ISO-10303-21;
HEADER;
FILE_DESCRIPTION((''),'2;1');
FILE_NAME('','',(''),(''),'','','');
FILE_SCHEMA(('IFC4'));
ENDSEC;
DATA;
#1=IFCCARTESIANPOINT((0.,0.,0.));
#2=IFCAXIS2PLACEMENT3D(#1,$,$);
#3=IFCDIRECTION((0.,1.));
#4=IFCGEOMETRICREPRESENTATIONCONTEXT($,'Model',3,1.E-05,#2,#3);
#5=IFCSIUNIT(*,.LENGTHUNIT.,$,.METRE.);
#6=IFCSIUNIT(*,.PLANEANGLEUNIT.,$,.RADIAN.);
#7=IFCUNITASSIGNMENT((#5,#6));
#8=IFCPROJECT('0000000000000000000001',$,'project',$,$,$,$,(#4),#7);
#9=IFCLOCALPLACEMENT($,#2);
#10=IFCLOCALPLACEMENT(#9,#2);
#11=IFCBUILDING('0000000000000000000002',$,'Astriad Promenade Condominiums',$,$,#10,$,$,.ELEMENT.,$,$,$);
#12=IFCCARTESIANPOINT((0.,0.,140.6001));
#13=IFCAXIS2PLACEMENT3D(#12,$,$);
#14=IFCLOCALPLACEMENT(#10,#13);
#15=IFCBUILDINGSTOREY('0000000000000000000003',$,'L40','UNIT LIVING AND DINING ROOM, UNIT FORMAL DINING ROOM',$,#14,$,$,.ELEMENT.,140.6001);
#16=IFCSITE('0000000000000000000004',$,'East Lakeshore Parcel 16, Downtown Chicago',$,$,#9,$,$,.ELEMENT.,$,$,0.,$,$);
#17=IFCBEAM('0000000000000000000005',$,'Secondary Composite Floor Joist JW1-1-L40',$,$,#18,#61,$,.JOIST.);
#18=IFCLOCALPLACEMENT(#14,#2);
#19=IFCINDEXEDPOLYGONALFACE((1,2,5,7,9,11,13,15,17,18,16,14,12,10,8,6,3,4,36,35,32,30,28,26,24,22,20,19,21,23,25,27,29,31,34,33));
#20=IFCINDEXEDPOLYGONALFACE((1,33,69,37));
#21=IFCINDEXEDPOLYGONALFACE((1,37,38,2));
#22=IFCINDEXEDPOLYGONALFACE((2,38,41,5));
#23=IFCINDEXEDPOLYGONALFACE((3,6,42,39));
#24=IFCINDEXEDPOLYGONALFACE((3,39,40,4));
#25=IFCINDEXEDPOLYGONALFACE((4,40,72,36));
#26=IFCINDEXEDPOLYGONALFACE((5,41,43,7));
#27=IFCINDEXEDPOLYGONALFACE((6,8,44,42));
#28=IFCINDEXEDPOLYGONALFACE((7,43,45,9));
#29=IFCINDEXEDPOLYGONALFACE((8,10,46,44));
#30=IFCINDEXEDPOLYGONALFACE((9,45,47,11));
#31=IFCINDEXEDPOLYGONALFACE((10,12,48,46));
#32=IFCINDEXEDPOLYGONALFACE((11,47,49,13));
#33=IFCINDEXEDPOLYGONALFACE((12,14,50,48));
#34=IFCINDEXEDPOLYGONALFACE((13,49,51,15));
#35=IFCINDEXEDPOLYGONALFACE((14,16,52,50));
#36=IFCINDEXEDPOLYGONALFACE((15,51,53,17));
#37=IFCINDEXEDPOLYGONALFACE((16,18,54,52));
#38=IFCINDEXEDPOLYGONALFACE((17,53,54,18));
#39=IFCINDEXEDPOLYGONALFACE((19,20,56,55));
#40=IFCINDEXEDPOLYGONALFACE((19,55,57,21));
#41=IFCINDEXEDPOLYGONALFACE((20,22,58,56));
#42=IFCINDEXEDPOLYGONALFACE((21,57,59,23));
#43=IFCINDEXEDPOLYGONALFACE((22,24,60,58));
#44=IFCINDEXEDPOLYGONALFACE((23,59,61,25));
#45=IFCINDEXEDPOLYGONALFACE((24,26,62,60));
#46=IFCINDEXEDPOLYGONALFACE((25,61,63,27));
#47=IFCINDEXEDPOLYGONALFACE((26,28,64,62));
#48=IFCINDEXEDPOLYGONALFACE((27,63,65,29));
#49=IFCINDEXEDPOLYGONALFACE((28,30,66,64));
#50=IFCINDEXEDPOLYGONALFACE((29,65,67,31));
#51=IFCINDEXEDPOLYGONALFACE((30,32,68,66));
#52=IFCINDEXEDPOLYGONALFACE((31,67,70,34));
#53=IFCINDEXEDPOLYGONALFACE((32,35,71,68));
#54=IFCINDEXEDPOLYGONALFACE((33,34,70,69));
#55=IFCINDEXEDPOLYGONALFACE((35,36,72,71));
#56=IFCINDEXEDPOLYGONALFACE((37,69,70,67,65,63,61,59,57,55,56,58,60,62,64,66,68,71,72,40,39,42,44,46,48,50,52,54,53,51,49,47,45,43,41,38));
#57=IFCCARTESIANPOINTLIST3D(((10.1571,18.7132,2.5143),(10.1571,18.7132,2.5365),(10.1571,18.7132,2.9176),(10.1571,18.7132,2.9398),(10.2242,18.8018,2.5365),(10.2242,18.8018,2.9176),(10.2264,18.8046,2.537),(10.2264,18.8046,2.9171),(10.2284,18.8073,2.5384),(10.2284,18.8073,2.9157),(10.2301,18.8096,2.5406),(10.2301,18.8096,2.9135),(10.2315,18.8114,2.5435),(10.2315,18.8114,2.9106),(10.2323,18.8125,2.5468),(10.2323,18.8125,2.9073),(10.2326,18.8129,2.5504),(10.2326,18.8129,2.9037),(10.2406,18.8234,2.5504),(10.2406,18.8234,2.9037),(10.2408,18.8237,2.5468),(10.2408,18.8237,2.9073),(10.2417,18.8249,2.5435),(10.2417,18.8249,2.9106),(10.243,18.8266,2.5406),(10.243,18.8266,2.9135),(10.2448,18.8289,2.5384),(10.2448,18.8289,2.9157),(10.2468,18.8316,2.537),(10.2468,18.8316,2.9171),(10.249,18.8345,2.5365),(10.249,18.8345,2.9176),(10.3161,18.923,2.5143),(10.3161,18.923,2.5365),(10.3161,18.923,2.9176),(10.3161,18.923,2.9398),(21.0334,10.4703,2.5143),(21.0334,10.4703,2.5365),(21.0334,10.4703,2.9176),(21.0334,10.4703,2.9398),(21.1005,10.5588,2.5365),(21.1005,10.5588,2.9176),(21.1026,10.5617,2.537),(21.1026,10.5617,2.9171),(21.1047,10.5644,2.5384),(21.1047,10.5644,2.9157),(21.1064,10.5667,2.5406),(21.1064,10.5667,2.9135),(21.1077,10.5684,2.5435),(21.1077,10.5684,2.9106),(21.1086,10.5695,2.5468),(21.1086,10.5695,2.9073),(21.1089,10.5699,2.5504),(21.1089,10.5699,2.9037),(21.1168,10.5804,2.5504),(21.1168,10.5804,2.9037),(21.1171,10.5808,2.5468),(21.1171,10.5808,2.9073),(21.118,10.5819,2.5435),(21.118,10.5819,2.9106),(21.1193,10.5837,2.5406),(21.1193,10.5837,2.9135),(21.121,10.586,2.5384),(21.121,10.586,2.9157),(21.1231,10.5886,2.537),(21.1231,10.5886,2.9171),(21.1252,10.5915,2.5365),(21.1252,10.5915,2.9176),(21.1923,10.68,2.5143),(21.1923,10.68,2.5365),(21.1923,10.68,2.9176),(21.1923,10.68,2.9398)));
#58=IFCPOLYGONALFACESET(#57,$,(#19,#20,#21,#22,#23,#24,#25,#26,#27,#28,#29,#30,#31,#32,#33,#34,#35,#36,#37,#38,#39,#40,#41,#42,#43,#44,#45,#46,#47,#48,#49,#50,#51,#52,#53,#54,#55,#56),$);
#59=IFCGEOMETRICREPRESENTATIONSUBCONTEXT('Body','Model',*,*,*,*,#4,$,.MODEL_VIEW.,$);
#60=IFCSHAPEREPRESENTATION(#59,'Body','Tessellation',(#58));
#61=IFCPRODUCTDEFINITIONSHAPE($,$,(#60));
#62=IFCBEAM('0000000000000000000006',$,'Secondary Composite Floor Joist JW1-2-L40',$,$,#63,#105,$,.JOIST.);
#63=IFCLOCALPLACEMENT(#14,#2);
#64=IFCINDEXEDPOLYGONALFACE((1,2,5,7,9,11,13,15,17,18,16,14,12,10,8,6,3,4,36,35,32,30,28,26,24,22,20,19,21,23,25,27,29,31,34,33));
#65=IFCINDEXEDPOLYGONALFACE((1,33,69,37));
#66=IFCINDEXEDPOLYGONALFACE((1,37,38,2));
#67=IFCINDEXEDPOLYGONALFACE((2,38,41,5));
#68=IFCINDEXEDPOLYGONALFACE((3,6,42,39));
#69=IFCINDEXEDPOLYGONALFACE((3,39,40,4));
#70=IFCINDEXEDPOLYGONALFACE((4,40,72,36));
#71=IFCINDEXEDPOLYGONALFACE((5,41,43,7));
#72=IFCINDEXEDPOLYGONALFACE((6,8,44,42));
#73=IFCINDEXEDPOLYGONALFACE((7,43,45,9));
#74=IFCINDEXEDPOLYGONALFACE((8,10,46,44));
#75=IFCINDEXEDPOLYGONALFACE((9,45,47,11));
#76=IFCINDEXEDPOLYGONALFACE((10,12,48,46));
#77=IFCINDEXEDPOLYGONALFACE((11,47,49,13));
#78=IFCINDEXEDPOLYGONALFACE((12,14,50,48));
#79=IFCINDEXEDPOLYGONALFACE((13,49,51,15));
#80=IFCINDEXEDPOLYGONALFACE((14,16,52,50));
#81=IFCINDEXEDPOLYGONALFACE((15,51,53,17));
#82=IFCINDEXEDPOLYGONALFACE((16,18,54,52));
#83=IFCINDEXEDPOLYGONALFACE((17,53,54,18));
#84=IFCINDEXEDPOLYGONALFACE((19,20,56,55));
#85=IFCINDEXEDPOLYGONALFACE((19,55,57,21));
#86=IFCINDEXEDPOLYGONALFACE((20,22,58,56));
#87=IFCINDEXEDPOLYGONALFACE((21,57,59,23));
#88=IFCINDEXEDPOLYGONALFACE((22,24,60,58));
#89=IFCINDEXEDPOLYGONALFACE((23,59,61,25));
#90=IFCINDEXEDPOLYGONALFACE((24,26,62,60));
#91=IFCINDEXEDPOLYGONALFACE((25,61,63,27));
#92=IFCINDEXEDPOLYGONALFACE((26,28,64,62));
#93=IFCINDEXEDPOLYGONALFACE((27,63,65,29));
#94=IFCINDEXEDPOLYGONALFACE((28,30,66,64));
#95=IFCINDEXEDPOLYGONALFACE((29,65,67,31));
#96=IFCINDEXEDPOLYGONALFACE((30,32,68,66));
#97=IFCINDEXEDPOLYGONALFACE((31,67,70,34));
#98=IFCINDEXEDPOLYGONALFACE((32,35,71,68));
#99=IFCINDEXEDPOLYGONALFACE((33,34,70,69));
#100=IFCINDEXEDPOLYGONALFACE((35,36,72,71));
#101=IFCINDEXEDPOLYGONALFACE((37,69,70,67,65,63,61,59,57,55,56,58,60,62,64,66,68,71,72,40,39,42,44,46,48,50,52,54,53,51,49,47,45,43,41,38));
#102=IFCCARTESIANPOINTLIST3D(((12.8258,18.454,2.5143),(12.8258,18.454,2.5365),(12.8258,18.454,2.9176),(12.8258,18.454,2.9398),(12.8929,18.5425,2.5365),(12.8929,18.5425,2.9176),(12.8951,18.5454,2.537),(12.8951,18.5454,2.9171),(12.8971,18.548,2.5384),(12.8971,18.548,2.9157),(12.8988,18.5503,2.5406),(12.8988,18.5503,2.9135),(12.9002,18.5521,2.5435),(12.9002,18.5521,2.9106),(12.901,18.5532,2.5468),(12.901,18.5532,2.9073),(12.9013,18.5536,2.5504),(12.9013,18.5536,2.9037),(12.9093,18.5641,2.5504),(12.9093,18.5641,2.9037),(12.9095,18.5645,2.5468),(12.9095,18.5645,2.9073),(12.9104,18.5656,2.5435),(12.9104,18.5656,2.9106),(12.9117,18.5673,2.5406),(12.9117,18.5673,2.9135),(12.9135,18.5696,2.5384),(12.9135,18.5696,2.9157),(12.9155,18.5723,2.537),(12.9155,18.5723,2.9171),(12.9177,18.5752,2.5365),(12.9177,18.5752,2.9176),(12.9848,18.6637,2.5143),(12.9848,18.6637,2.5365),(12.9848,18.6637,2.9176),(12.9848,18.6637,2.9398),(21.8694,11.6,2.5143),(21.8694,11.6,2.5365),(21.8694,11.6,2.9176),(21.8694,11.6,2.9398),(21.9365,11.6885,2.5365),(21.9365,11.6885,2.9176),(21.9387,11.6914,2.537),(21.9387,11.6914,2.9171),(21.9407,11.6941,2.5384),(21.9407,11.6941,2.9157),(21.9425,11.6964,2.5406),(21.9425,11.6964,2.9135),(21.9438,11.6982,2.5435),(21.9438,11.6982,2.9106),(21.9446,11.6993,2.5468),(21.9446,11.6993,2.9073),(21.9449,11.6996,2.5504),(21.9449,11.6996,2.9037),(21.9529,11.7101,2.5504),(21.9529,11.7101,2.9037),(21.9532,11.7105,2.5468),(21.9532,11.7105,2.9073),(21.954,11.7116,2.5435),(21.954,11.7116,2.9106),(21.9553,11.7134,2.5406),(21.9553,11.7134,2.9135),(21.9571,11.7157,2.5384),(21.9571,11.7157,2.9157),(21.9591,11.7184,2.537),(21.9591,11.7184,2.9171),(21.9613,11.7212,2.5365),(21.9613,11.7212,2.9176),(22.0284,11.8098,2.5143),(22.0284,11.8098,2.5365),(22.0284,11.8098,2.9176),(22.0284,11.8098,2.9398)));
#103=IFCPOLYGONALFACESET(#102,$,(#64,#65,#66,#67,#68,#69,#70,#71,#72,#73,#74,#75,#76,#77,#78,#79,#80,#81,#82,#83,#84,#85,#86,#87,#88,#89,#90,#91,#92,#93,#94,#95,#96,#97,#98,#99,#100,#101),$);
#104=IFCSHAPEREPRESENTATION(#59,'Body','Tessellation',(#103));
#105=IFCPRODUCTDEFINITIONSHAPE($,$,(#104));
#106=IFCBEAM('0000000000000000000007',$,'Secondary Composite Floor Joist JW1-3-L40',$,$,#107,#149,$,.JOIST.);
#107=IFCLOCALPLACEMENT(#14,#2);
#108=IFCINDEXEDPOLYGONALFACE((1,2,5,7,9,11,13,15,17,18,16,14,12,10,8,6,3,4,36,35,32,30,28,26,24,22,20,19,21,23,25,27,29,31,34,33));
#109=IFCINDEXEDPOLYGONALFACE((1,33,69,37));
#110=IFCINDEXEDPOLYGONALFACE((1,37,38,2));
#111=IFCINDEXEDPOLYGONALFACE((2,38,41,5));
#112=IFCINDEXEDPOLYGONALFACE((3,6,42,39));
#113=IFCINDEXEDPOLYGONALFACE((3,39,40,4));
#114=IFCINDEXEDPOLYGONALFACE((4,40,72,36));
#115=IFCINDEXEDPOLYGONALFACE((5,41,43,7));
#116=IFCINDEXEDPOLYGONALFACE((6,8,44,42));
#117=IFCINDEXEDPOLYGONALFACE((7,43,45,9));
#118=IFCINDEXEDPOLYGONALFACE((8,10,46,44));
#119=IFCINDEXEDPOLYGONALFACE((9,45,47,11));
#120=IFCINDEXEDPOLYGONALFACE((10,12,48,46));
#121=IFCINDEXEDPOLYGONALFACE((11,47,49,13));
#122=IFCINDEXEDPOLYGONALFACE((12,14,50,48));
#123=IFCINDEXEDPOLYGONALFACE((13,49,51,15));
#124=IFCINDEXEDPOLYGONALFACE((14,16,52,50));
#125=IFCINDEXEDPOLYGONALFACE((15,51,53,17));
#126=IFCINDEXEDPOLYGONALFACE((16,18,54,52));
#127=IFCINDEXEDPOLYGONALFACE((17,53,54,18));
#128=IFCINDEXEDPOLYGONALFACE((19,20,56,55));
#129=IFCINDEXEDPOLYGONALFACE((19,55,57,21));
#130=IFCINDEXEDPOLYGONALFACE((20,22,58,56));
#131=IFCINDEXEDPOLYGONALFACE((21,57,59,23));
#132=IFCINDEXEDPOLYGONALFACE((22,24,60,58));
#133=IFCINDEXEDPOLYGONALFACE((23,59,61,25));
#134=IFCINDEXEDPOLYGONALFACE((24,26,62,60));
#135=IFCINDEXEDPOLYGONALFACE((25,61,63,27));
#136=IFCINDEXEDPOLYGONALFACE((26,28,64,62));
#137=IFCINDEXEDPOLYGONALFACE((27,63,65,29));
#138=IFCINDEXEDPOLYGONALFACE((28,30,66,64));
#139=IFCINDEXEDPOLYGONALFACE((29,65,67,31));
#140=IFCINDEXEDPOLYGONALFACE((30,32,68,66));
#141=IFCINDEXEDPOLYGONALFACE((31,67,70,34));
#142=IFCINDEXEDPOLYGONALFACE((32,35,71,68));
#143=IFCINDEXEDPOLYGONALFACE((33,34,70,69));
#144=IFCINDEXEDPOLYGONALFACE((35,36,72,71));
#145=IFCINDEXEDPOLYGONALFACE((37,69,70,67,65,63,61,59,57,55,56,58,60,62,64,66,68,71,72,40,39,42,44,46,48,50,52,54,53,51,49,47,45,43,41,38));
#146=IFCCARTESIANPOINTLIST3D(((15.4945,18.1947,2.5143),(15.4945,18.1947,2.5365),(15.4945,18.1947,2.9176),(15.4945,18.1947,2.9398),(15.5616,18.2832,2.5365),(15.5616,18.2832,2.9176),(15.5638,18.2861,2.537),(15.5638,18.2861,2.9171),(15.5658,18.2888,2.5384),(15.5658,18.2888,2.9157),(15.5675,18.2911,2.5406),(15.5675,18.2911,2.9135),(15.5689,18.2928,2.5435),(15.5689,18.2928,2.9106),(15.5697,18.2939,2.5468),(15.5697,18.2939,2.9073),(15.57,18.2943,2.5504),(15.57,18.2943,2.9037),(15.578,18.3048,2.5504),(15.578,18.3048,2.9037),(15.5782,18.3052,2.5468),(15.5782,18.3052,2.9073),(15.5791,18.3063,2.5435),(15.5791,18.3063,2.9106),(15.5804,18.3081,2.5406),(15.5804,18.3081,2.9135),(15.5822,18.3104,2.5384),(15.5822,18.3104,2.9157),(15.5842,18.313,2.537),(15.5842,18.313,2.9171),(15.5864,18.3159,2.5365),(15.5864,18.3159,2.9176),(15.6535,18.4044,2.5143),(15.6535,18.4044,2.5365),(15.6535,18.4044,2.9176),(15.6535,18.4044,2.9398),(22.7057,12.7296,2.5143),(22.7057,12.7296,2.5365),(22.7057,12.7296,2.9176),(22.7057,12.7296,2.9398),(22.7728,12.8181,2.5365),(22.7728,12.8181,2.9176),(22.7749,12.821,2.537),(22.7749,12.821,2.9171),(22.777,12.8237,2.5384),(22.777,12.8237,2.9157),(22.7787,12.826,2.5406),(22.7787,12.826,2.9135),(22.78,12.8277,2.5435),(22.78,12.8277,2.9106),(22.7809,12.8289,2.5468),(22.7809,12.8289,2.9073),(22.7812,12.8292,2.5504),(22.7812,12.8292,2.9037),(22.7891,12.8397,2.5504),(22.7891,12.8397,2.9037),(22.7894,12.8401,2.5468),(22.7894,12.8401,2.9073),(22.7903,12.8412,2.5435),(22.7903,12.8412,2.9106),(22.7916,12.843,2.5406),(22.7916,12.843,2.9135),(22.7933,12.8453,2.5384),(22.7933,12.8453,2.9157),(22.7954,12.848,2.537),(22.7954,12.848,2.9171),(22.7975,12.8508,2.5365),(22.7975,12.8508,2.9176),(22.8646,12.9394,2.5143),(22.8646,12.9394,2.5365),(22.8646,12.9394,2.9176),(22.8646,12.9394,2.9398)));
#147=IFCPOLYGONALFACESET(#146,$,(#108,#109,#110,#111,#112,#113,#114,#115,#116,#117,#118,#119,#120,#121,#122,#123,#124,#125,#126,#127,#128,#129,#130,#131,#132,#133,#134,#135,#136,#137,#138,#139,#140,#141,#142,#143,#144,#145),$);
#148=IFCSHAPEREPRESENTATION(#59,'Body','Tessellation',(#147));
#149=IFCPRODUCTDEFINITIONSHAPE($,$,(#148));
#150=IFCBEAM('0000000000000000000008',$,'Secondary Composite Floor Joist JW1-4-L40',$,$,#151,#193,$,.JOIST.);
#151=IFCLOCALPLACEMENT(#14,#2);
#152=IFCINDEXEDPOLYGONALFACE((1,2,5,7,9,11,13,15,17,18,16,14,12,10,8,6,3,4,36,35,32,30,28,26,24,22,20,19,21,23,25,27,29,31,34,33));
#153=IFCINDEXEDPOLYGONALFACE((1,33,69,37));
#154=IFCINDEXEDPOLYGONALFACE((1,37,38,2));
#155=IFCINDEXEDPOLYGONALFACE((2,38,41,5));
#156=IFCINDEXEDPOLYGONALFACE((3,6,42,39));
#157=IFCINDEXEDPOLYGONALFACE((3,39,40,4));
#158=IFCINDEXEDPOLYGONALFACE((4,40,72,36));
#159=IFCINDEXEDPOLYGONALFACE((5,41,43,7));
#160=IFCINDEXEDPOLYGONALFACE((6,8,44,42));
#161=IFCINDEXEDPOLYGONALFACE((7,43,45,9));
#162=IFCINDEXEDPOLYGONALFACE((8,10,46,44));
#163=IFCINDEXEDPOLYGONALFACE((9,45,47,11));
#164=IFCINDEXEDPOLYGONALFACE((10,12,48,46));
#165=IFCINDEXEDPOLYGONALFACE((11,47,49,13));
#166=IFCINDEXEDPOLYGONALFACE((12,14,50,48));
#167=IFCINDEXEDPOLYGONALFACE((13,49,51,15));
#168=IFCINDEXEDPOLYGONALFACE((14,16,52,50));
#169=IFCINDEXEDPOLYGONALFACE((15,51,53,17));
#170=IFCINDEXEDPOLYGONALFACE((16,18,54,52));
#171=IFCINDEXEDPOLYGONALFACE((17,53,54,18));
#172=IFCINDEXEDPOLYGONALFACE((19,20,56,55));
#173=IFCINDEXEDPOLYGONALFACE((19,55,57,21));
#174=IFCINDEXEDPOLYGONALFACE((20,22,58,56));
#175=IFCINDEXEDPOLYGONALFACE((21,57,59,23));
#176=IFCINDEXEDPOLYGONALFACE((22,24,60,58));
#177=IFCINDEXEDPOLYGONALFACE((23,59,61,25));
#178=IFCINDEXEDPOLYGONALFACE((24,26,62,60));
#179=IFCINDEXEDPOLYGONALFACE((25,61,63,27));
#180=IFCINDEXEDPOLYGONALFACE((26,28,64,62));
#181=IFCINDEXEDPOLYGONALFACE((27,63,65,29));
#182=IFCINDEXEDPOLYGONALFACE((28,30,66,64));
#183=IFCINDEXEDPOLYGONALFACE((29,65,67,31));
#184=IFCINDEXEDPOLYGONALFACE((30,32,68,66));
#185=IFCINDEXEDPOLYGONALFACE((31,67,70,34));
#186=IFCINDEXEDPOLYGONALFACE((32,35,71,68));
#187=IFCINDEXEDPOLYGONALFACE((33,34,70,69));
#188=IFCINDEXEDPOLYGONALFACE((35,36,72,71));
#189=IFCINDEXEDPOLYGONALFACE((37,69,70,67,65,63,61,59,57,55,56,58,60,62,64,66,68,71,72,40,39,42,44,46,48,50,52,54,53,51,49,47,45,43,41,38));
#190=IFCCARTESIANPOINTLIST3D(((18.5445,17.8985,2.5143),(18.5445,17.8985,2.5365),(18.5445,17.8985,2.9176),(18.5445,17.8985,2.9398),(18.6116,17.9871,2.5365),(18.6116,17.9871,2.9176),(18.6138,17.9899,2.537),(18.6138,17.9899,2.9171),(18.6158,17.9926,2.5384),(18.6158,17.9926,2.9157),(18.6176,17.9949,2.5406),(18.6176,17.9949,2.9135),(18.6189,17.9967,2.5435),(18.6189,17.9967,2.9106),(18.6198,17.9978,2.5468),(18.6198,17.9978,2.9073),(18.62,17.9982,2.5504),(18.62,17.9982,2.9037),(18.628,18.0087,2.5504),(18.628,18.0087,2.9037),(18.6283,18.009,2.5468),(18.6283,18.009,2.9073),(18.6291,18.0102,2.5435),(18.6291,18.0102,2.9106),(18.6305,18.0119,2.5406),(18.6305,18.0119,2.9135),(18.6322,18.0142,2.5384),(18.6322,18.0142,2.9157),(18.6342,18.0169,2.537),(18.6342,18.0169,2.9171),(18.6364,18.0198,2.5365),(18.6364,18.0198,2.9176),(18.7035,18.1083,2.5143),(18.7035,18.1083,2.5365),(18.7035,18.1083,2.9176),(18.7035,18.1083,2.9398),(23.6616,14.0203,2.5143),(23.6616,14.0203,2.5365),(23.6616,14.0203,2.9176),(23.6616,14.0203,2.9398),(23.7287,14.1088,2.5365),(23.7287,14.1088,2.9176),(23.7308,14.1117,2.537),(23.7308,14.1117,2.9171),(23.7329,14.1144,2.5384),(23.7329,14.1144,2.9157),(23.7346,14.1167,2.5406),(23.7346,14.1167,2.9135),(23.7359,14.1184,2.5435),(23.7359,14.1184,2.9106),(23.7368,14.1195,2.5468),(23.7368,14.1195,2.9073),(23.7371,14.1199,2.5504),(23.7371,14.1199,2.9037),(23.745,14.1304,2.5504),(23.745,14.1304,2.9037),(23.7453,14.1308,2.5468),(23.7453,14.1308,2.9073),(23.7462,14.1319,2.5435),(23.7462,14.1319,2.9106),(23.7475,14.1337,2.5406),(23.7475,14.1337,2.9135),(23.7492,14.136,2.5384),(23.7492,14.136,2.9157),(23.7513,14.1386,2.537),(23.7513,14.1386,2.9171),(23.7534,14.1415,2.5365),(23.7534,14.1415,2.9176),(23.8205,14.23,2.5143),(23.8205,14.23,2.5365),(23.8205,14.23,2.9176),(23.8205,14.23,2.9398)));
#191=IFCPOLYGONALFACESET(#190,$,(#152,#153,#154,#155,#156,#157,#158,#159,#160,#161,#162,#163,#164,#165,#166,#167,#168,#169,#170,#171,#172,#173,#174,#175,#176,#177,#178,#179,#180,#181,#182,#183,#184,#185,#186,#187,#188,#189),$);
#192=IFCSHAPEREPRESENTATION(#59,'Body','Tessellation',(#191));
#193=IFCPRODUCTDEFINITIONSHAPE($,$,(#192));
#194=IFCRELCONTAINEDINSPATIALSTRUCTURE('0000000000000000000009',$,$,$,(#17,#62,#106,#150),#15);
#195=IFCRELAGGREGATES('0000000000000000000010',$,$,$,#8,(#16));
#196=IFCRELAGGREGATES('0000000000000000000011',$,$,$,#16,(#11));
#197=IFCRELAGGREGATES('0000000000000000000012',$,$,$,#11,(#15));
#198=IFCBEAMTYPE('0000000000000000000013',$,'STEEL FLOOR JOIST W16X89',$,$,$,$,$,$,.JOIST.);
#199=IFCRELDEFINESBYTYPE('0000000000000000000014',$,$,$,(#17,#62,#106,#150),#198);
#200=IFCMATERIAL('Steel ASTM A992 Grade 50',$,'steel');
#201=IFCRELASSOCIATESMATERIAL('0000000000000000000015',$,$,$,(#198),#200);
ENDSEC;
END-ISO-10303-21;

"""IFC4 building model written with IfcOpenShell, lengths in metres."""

from ifc_helpers import new_model, si_unit, direction, frame, origin, origin_2d, place, context, subcontext, project, spatial, i_section, extrude, source, transform, mapped, material, material_profile, profile_set, type_object, type_shapes, element, save


model = new_model("IFC4")

# Units and contexts
model_context = context("Model", 3, precision=1e-05, world=origin(), true_north=direction((0.0, 1.0)))
body_context = subcontext(model_context, "Body", "Model", "MODEL_VIEW")
ifc_project = project(units=[si_unit("LENGTHUNIT", "METRE"), si_unit("PLANEANGLEUNIT", "RADIAN")], contexts=[model_context])

# Site, building, storey
site_placement = place(None, origin())
site = spatial("IfcSite", under=ifc_project, at=site_placement, Name="East Lakeshore Parcel 16, Downtown Chicago", CompositionType="ELEMENT", RefElevation=0.0)
building_placement = place(site_placement, origin())
building = spatial("IfcBuilding", under=site, at=building_placement, Name="Astriad Promenade Condominiums", CompositionType="ELEMENT")
storey_placement = place(building_placement, frame((0.0, 0.0, 140.6001)))
storey = spatial("IfcBuildingStorey", under=building, at=storey_placement, Name="L40", Description="UNIT LIVING AND DINING ROOM, UNIT FORMAL DINING ROOM", CompositionType="ELEMENT", Elevation=140.6001)

# Beams
ifc_material_1 = material(Name="Steel ASTM A992 Grade 50", Category="steel")
ifc_material_profile_1 = material_profile(ifc_material_1, i_section(OverallWidth=0.2632, OverallDepth=0.4255, WebThickness=0.0132, FlangeThickness=0.0222, FilletRadius=0.0139, at=origin_2d()), Name="W16X89")
ifc_profile_set_1 = profile_set([ifc_material_profile_1], Name="Steel ASTM A992 Grade 50")
beam_type_1 = type_object("IfcBeamType", Name="STEEL FLOOR JOIST W16X89", PredefinedType="JOIST", material=ifc_profile_set_1)
shared_shape_1 = source(origin(), body_context, "Body", "SweptSolid", [
    extrude(i_section(OverallWidth=0.2632, OverallDepth=0.4255, WebThickness=0.0132, FlangeThickness=0.0222, FilletRadius=0.0139, at=origin_2d()), origin(), (0.0, 0.0, 1.0), 13.647),
])
beam_1_placement = place(storey_placement, frame((10.2366, 18.8181, 2.7271), z_axis=(0.796974, -0.604014, 0.0), x_axis=(0.604014, 0.796974, 0.0)))
element("IfcBeam", 1, at=beam_1_placement, inside=storey, type_object=beam_type_1, Name="Secondary Composite Floor Joist JW1-1-L40", PredefinedType="JOIST", context=body_context, shape_type="MappedRepresentation", body=[
    mapped(shared_shape_1, transform((0.0, 0.0, 0.0), scale=1.0)),
])
shared_shape_2 = source(origin(), body_context, "Body", "SweptSolid", [
    extrude(i_section(OverallWidth=0.2632, OverallDepth=0.4255, WebThickness=0.0132, FlangeThickness=0.0222, FilletRadius=0.0139, at=origin_2d()), origin(), (0.0, 0.0, 1.0), 11.3474),
])
beam_2_placement = place(storey_placement, frame((12.9053, 18.5588, 2.7271), z_axis=(0.796977, -0.60401, 0.0), x_axis=(0.60401, 0.796977, 0.0)))
element("IfcBeam", 2, at=beam_2_placement, inside=storey, type_object=beam_type_1, Name="Secondary Composite Floor Joist JW1-2-L40", PredefinedType="JOIST", context=body_context, shape_type="MappedRepresentation", body=[
    mapped(shared_shape_2, transform((0.0, 0.0, 0.0), scale=1.0)),
])
shared_shape_3 = source(origin(), body_context, "Body", "SweptSolid", [
    extrude(i_section(OverallWidth=0.2632, OverallDepth=0.4255, WebThickness=0.0132, FlangeThickness=0.0222, FilletRadius=0.0139, at=origin_2d()), origin(), (0.0, 0.0, 1.0), 9.0481),
])
beam_3_placement = place(storey_placement, frame((15.574, 18.2996, 2.7271), z_axis=(0.796982, -0.604003, 0.0), x_axis=(0.604003, 0.796982, 0.0)))
element("IfcBeam", 3, at=beam_3_placement, inside=storey, type_object=beam_type_1, Name="Secondary Composite Floor Joist JW1-3-L40", PredefinedType="JOIST", context=body_context, shape_type="MappedRepresentation", body=[
    mapped(shared_shape_3, transform((0.0, 0.0, 0.0), scale=1.0)),
])
shared_shape_4 = source(origin(), body_context, "Body", "SweptSolid", [
    extrude(i_section(OverallWidth=0.2632, OverallDepth=0.4255, WebThickness=0.0132, FlangeThickness=0.0222, FilletRadius=0.0139, at=origin_2d()), origin(), (0.0, 0.0, 1.0), 6.4207),
])
type_shapes(beam_type_1, [shared_shape_1, shared_shape_2, shared_shape_3, shared_shape_4])
beam_4_placement = place(storey_placement, frame((18.624, 18.0034, 2.7271), z_axis=(0.796965, -0.604026, 0.0), x_axis=(0.604026, 0.796965, 0.0)))
element("IfcBeam", 4, at=beam_4_placement, inside=storey, type_object=beam_type_1, Name="Secondary Composite Floor Joist JW1-4-L40", PredefinedType="JOIST", context=body_context, shape_type="MappedRepresentation", body=[
    mapped(shared_shape_4, transform((0.0, 0.0, 0.0), scale=1.0)),
])

save(model, "model.ifc")
